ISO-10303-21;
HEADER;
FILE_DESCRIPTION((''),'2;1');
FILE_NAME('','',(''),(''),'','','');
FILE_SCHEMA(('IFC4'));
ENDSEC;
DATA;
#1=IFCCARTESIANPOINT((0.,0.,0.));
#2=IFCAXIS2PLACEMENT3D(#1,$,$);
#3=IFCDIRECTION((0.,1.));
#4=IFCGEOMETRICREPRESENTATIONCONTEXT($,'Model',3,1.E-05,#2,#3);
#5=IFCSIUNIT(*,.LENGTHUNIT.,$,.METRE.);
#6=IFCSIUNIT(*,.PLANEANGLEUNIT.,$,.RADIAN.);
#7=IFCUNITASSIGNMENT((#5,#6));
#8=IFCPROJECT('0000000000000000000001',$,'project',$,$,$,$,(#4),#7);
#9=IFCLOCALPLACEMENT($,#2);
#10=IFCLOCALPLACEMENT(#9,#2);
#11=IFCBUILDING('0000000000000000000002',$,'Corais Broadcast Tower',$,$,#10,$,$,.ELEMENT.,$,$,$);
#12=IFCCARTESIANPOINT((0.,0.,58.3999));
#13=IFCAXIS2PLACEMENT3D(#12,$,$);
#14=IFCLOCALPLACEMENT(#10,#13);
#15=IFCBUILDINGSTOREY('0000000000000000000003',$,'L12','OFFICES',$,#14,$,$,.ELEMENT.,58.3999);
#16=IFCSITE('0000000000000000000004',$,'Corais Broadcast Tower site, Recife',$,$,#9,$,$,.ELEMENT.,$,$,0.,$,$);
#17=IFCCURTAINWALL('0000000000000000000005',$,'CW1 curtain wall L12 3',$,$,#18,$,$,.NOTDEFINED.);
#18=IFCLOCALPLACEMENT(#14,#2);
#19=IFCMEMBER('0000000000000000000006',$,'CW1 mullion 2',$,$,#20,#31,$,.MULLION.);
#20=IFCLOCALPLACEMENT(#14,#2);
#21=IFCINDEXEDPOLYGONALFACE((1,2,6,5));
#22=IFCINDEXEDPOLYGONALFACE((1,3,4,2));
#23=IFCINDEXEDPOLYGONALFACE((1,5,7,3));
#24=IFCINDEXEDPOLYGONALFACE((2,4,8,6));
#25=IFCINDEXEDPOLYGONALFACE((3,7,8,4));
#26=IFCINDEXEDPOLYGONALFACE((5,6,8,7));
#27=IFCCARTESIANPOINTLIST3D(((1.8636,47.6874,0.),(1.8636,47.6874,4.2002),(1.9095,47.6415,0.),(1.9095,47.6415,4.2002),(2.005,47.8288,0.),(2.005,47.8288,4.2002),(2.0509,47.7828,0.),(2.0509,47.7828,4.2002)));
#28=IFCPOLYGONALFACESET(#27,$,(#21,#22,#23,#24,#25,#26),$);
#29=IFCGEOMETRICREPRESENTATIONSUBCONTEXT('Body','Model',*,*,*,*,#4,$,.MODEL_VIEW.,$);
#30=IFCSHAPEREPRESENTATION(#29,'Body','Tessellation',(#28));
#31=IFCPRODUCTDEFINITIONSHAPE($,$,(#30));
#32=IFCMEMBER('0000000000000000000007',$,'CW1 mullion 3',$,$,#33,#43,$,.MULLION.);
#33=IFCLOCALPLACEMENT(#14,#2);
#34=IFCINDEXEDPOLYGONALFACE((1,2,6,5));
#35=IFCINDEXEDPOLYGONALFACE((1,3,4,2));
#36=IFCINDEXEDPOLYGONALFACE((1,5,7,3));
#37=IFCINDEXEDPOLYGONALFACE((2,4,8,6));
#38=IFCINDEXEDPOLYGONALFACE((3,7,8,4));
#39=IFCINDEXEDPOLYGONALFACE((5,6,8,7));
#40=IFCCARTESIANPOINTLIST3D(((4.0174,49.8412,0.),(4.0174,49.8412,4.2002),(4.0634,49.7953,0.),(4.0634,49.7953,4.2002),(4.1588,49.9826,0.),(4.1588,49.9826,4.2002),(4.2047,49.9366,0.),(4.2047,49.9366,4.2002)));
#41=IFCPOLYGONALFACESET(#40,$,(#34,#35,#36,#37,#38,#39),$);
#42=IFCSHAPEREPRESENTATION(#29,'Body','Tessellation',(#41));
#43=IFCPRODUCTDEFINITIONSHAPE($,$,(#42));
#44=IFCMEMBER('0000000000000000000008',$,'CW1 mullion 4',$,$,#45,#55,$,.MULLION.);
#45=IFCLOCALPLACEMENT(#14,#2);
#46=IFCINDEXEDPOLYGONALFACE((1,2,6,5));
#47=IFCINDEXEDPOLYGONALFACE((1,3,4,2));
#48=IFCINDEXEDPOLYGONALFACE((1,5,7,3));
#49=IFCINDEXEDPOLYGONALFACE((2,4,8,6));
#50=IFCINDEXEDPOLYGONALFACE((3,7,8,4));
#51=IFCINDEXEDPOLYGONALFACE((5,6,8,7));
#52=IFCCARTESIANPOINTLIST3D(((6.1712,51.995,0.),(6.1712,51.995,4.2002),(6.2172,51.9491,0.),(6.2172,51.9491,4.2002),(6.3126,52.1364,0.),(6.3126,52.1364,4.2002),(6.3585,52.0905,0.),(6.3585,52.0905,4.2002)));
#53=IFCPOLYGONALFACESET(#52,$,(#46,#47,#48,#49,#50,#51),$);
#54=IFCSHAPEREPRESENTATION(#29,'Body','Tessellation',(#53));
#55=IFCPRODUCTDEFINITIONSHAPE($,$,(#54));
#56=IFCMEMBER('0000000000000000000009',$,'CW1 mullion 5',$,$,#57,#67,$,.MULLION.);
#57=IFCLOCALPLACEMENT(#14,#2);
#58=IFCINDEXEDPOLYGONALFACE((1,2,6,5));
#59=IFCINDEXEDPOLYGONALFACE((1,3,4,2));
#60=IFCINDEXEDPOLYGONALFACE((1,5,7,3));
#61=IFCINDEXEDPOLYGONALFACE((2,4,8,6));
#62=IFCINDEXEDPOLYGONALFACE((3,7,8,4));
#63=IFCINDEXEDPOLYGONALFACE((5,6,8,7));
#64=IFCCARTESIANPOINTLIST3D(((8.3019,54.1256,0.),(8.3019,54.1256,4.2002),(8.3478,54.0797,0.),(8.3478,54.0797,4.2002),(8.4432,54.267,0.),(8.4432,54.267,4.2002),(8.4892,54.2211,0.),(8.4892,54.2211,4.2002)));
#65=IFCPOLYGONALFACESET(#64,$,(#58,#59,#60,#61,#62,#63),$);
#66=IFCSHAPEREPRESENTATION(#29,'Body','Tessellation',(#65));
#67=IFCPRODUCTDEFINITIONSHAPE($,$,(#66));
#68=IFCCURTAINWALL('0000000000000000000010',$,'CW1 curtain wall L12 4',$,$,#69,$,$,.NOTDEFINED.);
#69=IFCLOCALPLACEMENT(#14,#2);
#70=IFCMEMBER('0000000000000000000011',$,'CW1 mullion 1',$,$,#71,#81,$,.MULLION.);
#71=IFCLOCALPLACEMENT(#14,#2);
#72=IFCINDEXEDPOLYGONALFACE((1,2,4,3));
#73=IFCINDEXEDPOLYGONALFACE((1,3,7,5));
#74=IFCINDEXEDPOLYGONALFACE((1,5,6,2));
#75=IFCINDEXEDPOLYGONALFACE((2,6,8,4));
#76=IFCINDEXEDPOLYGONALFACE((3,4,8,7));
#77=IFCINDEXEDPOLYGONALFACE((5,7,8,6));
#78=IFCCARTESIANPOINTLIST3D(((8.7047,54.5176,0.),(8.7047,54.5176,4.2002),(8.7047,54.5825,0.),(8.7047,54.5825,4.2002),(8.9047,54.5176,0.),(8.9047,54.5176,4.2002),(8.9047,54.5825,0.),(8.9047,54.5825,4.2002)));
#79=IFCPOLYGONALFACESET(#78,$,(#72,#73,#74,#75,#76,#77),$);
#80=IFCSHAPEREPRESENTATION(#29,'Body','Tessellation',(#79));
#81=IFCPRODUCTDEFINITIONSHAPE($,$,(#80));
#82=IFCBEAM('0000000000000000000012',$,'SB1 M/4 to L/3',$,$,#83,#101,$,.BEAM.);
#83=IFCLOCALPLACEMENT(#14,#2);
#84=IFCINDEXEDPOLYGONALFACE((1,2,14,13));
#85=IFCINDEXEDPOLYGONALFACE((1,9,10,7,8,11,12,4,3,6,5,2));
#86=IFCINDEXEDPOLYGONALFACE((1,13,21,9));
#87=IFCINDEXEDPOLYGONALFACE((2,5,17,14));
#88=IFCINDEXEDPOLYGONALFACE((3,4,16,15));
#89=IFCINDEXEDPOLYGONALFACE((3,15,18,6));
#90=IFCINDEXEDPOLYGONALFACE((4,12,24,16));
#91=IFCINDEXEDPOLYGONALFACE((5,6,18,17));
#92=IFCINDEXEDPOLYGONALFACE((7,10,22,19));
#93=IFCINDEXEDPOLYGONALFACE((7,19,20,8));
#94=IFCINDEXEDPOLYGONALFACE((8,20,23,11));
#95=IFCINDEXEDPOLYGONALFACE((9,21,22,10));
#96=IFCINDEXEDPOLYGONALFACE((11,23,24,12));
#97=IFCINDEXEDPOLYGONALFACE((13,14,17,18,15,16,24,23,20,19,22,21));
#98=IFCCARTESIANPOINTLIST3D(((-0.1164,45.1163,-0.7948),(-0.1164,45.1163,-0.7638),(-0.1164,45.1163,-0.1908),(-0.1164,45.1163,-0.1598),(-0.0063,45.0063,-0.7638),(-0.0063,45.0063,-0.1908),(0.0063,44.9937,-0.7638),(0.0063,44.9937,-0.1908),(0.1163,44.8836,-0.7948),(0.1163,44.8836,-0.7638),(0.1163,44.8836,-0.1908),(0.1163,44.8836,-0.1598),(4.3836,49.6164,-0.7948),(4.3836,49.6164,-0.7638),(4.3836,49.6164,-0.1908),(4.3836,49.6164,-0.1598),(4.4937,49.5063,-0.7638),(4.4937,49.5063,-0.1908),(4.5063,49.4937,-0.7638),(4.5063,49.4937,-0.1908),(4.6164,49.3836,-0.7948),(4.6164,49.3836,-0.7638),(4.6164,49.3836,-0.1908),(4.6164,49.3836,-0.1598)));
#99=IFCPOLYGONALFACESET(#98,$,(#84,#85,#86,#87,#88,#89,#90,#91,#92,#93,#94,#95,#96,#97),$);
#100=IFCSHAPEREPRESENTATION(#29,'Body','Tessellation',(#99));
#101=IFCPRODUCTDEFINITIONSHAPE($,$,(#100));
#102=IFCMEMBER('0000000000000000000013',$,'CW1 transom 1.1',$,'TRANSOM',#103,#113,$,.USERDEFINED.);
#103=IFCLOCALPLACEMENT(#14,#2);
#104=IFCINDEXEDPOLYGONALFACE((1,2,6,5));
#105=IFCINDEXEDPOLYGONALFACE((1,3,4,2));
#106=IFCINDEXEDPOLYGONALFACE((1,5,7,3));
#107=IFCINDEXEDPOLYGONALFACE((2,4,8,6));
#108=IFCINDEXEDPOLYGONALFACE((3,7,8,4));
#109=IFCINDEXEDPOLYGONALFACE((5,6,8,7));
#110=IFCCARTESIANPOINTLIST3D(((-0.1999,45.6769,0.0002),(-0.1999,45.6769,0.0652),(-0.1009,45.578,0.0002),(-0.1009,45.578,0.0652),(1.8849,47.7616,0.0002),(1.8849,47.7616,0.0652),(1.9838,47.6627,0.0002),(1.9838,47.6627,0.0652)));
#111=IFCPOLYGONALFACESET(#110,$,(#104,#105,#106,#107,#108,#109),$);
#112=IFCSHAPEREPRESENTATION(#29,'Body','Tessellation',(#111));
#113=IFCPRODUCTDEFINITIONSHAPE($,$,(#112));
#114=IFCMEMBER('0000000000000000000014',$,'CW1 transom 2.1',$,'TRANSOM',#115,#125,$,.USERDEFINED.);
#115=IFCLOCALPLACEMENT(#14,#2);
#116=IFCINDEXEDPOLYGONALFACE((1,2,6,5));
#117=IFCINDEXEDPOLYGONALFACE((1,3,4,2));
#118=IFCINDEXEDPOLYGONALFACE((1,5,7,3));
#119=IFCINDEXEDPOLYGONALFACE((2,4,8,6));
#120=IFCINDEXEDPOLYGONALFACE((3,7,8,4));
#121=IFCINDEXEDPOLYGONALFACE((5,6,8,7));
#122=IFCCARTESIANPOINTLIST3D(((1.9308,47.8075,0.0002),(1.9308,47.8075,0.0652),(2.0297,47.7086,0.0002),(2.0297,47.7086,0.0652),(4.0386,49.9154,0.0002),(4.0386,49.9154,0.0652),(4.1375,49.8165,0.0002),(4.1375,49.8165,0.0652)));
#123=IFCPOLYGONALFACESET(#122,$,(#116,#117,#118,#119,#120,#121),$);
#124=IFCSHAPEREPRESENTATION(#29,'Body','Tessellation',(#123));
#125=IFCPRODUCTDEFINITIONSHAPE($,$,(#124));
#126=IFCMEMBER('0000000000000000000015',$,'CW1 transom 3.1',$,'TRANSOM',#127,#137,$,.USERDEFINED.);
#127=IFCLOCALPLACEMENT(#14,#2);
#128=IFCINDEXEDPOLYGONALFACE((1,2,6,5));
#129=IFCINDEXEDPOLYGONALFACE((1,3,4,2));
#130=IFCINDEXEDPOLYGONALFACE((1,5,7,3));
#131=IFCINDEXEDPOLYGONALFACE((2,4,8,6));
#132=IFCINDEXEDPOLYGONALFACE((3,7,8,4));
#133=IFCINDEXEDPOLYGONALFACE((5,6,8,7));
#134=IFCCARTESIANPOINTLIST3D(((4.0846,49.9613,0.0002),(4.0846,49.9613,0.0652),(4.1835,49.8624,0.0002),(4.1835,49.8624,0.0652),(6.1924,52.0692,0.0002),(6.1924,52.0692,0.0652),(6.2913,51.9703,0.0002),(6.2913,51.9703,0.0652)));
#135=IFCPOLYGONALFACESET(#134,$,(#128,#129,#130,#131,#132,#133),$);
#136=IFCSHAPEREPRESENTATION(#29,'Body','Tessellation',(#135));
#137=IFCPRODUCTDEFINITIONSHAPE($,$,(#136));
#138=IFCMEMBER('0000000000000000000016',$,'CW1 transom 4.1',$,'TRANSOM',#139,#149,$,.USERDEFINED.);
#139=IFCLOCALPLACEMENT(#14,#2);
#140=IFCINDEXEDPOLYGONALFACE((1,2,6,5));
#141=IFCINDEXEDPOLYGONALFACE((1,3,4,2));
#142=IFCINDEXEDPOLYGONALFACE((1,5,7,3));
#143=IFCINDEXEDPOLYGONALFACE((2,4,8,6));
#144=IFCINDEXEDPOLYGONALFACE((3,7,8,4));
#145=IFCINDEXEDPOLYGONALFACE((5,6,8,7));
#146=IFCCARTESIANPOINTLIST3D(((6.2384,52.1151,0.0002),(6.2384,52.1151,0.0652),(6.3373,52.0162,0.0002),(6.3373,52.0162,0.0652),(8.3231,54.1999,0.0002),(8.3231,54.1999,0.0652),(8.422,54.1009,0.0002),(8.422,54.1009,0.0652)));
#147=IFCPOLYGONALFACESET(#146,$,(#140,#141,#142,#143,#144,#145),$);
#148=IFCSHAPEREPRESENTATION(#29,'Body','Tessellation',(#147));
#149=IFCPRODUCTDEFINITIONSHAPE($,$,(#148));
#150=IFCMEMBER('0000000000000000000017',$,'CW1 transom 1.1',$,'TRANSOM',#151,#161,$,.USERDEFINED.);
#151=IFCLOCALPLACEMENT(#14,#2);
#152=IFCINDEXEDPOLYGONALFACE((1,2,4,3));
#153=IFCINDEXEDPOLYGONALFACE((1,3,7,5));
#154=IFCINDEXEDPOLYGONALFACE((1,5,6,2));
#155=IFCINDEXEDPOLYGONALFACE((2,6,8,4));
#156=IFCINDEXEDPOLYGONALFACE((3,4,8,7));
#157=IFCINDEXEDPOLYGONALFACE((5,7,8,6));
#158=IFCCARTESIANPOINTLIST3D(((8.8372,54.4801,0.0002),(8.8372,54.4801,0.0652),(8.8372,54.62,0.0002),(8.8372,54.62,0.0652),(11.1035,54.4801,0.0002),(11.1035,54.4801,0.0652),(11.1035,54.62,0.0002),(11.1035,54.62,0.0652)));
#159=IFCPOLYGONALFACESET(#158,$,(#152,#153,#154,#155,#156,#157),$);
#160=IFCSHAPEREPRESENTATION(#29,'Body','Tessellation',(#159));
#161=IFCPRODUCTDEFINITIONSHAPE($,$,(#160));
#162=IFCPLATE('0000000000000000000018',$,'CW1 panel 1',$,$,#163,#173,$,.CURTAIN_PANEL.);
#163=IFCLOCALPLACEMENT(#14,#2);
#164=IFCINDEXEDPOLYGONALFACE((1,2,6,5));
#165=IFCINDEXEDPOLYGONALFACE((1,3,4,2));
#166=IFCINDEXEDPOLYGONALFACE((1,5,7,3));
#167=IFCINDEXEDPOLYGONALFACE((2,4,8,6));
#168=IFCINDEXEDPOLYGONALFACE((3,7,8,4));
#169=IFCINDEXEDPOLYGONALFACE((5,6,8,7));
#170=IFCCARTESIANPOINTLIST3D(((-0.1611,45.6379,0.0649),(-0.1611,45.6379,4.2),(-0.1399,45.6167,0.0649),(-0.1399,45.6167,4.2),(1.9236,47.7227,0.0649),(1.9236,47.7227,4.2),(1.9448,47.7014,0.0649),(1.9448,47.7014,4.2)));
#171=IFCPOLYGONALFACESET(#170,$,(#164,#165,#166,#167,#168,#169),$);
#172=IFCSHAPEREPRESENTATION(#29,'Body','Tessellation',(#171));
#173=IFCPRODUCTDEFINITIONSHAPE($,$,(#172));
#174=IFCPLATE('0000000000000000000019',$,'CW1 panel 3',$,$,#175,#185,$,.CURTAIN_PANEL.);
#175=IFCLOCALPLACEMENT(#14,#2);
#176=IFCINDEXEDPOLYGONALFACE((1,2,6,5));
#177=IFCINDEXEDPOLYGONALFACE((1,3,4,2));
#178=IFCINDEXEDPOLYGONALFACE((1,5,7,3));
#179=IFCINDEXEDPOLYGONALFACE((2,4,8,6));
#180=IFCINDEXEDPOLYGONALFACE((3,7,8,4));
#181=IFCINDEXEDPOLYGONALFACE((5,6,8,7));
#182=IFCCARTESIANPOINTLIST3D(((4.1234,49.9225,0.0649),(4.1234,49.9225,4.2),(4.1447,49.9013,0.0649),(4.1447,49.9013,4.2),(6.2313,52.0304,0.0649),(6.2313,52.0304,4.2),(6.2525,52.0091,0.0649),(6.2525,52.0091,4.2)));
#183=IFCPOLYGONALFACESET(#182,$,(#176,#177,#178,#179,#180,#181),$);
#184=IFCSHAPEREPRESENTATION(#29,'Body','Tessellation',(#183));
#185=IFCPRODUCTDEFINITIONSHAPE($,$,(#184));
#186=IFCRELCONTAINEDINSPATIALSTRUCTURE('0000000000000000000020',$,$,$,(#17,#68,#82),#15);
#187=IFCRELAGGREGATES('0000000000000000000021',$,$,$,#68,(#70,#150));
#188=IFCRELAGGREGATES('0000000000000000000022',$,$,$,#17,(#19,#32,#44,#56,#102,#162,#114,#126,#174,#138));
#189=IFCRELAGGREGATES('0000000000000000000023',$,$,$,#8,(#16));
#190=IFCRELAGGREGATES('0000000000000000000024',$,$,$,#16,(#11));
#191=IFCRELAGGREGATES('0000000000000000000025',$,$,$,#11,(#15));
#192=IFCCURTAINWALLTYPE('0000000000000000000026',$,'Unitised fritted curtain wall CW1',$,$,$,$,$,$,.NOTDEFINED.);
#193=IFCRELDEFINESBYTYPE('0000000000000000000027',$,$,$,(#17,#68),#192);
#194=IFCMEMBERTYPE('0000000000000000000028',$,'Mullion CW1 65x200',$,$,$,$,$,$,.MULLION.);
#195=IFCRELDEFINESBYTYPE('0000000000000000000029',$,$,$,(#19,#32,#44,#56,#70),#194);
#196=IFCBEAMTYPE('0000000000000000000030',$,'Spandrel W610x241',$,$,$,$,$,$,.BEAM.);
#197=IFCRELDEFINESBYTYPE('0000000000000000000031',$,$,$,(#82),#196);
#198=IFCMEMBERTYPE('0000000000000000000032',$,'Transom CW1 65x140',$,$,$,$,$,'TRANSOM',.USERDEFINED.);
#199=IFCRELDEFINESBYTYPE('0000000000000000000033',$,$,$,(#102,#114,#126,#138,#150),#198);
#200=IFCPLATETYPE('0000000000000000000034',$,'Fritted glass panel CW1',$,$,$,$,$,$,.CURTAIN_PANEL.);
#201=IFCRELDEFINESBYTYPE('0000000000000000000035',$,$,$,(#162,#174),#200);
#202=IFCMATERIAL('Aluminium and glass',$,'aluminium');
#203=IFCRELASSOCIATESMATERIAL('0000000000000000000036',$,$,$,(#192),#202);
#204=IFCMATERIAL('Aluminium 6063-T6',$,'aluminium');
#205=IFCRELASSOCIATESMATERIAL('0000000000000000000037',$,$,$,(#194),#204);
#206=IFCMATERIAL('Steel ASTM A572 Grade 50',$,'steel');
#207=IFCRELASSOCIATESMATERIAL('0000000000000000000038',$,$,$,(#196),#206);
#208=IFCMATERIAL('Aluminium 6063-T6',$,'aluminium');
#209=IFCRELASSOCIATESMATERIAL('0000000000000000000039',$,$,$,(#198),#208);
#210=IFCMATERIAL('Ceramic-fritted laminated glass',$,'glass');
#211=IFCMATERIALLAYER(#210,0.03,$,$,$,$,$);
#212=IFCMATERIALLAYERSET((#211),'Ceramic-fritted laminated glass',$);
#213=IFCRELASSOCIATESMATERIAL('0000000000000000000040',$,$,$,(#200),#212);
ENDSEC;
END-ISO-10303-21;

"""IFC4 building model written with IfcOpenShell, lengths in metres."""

from ifc_helpers import new_model, si_unit, direction, frame, origin, origin_2d, place, context, subcontext, project, spatial, rectangle, i_section, extrude, material, layer, layer_set, material_profile, profile_set, type_object, element, aggregate, save


model = new_model("IFC4")

# Units and contexts
model_context = context("Model", 3, precision=1e-05, world=origin(), true_north=direction((0.0, 1.0)))
body_context = subcontext(model_context, "Body", "Model", "MODEL_VIEW")
ifc_project = project(units=[si_unit("LENGTHUNIT", "METRE"), si_unit("PLANEANGLEUNIT", "RADIAN")], contexts=[model_context])

# Site, building, storey
site_placement = place(None, origin())
site = spatial("IfcSite", under=ifc_project, at=site_placement, Name="Corais Broadcast Tower site, Recife", CompositionType="ELEMENT", RefElevation=0.0)
building_placement = place(site_placement, origin())
building = spatial("IfcBuilding", under=site, at=building_placement, Name="Corais Broadcast Tower", CompositionType="ELEMENT")
storey_placement = place(building_placement, frame((0.0, 0.0, 58.3999)))
storey = spatial("IfcBuildingStorey", under=building, at=storey_placement, Name="L12", Description="OFFICES", CompositionType="ELEMENT", Elevation=58.3999)

# Shared definitions
ifc_material_1 = material(Name="Aluminium and glass", Category="aluminium")
curtain_wall_type = type_object("IfcCurtainWallType", Name="Unitised fritted curtain wall CW1", PredefinedType="NOTDEFINED", material=ifc_material_1)
ifc_material_2 = material(Name="Aluminium 6063-T6", Category="aluminium")
ifc_material_profile_1 = material_profile(ifc_material_2, rectangle(XDim=0.0649, YDim=0.2, at=origin_2d()), Name="Mullion CW1 65x200")
ifc_profile_set_1 = profile_set([ifc_material_profile_1], Name="Aluminium 6063-T6")
member_type_1 = type_object("IfcMemberType", Name="Mullion CW1 65x200", PredefinedType="MULLION", material=ifc_profile_set_1)

# Curtain wall, members
curtain_wall_1_placement = place(storey_placement, origin())
curtain_wall_1 = element("IfcCurtainWall", 1, at=curtain_wall_1_placement, inside=storey, type_object=curtain_wall_type, Name="CW1 curtain wall L12 3", PredefinedType="NOTDEFINED")
member_1_placement = place(storey_placement, frame((1.9573, 47.7351, 0.0), z_axis=(0.0, 0.0, 1.0), x_axis=(-0.707107, 0.707107, 0.0)))
member_1 = element("IfcMember", 2, at=member_1_placement, type_object=member_type_1, Name="CW1 mullion 2", PredefinedType="MULLION", context=body_context, shape_type="SweptSolid", body=[
    extrude(rectangle(XDim=0.0649, YDim=0.2, at=origin_2d()), origin(), (0.0, 0.0, 1.0), 4.2002),
])
member_2_placement = place(storey_placement, frame((4.1111, 49.8889, 0.0), z_axis=(0.0, 0.0, 1.0), x_axis=(-0.707107, 0.707107, 0.0)))
member_2 = element("IfcMember", 3, at=member_2_placement, type_object=member_type_1, Name="CW1 mullion 3", PredefinedType="MULLION", context=body_context, shape_type="SweptSolid", body=[
    extrude(rectangle(XDim=0.0649, YDim=0.2, at=origin_2d()), origin(), (0.0, 0.0, 1.0), 4.2002),
])
member_3_placement = place(storey_placement, frame((6.2649, 52.0427, 0.0), z_axis=(0.0, 0.0, 1.0), x_axis=(-0.707107, 0.707107, 0.0)))
member_3 = element("IfcMember", 4, at=member_3_placement, type_object=member_type_1, Name="CW1 mullion 4", PredefinedType="MULLION", context=body_context, shape_type="SweptSolid", body=[
    extrude(rectangle(XDim=0.0649, YDim=0.2, at=origin_2d()), origin(), (0.0, 0.0, 1.0), 4.2002),
])
member_4_placement = place(storey_placement, frame((8.3955, 54.1733, 0.0), z_axis=(0.0, 0.0, 1.0), x_axis=(-0.707107, 0.707107, 0.0)))
member_4 = element("IfcMember", 5, at=member_4_placement, type_object=member_type_1, Name="CW1 mullion 5", PredefinedType="MULLION", context=body_context, shape_type="SweptSolid", body=[
    extrude(rectangle(XDim=0.0649, YDim=0.2, at=origin_2d()), origin(), (0.0, 0.0, 1.0), 4.2002),
])

# Curtain wall, member
curtain_wall_2_placement = place(storey_placement, origin())
curtain_wall_2 = element("IfcCurtainWall", 6, at=curtain_wall_2_placement, inside=storey, type_object=curtain_wall_type, Name="CW1 curtain wall L12 4", PredefinedType="NOTDEFINED")
member_5_placement = place(storey_placement, frame((8.8047, 54.55, 0.0), z_axis=(0.0, 0.0, 1.0), x_axis=(0.0, 1.0, 0.0)))
member_5 = element("IfcMember", 7, at=member_5_placement, type_object=member_type_1, Name="CW1 mullion 1", PredefinedType="MULLION", context=body_context, shape_type="SweptSolid", body=[
    extrude(rectangle(XDim=0.0649, YDim=0.2, at=origin_2d()), origin(), (0.0, 0.0, 1.0), 4.2002),
])

# Beam
ifc_material_3 = material(Name="Steel ASTM A572 Grade 50", Category="steel")
ifc_material_profile_2 = material_profile(ifc_material_3, i_section(OverallWidth=0.3291, OverallDepth=0.635, WebThickness=0.0178, FlangeThickness=0.031, at=origin_2d()), Name="W610x241")
ifc_profile_set_2 = profile_set([ifc_material_profile_2], Name="Steel ASTM A572 Grade 50")
beam_type_1 = type_object("IfcBeamType", Name="Spandrel W610x241", PredefinedType="BEAM", material=ifc_profile_set_2)
beam_1_placement = place(storey_placement, frame((4.5, 49.5, -0.4773), z_axis=(-0.707107, -0.707107, 0.0), x_axis=(0.707107, -0.707107, 0.0)))
element("IfcBeam", 8, at=beam_1_placement, inside=storey, type_object=beam_type_1, Name="SB1 M/4 to L/3", PredefinedType="BEAM", context=body_context, shape_type="SweptSolid", body=[
    extrude(i_section(OverallWidth=0.3291, OverallDepth=0.635, WebThickness=0.0178, FlangeThickness=0.031, at=origin_2d()), origin(), (0.0, 0.0, 1.0), 6.364),
])

# Members
ifc_material_4 = material(Name="Aluminium 6063-T6", Category="aluminium")
ifc_material_profile_3 = material_profile(ifc_material_4, rectangle(XDim=0.1399, YDim=0.0649, at=origin_2d()), Name="Transom CW1 65x140")
ifc_profile_set_3 = profile_set([ifc_material_profile_3], Name="Aluminium 6063-T6")
member_type_2 = type_object("IfcMemberType", Name="Transom CW1 65x140", ElementType="TRANSOM", PredefinedType="USERDEFINED", material=ifc_profile_set_3)
member_6_placement = place(storey_placement, frame((-0.1504, 45.6274, 0.0327), z_axis=(0.707107, 0.707107, 0.0), x_axis=(-0.707107, 0.707107, 0.0)))
member_6 = element("IfcMember", 9, at=member_6_placement, type_object=member_type_2, Name="CW1 transom 1.1", ObjectType="TRANSOM", PredefinedType="USERDEFINED", context=body_context, shape_type="SweptSolid", body=[
    extrude(rectangle(XDim=0.1399, YDim=0.0649, at=origin_2d()), origin(), (0.0, 0.0, 1.0), 2.9482),
])
member_7_placement = place(storey_placement, frame((1.9802, 47.7581, 0.0327), z_axis=(0.707107, 0.707107, 0.0), x_axis=(-0.707107, 0.707107, 0.0)))
member_7 = element("IfcMember", 10, at=member_7_placement, type_object=member_type_2, Name="CW1 transom 2.1", ObjectType="TRANSOM", PredefinedType="USERDEFINED", context=body_context, shape_type="SweptSolid", body=[
    extrude(rectangle(XDim=0.1399, YDim=0.0649, at=origin_2d()), origin(), (0.0, 0.0, 1.0), 2.981),
])
member_8_placement = place(storey_placement, frame((4.134, 49.9119, 0.0327), z_axis=(0.707107, 0.707107, 0.0), x_axis=(-0.707107, 0.707107, 0.0)))
member_8 = element("IfcMember", 11, at=member_8_placement, type_object=member_type_2, Name="CW1 transom 3.1", ObjectType="TRANSOM", PredefinedType="USERDEFINED", context=body_context, shape_type="SweptSolid", body=[
    extrude(rectangle(XDim=0.1399, YDim=0.0649, at=origin_2d()), origin(), (0.0, 0.0, 1.0), 2.981),
])
member_9_placement = place(storey_placement, frame((6.2878, 52.0657, 0.0327), z_axis=(0.707107, 0.707107, 0.0), x_axis=(-0.707107, 0.707107, 0.0)))
member_9 = element("IfcMember", 12, at=member_9_placement, type_object=member_type_2, Name="CW1 transom 4.1", ObjectType="TRANSOM", PredefinedType="USERDEFINED", context=body_context, shape_type="SweptSolid", body=[
    extrude(rectangle(XDim=0.1399, YDim=0.0649, at=origin_2d()), origin(), (0.0, 0.0, 1.0), 2.9482),
])
member_10_placement = place(storey_placement, frame((8.8372, 54.55, 0.0327), z_axis=(1.0, 0.0, 0.0), x_axis=(0.0, 1.0, 0.0)))
member_10 = element("IfcMember", 13, at=member_10_placement, type_object=member_type_2, Name="CW1 transom 1.1", ObjectType="TRANSOM", PredefinedType="USERDEFINED", context=body_context, shape_type="SweptSolid", body=[
    extrude(rectangle(XDim=0.1399, YDim=0.0649, at=origin_2d()), origin(), (0.0, 0.0, 1.0), 2.2664),
])
aggregate(curtain_wall_2, [member_5, member_10])

# Plates
ifc_material_5 = material(Name="Ceramic-fritted laminated glass", Category="glass")
ifc_layer_1 = layer(ifc_material_5, 0.03)
ifc_layer_set_1 = layer_set([ifc_layer_1], Name="Ceramic-fritted laminated glass")
plate_type_1 = type_object("IfcPlateType", Name="Fritted glass panel CW1", PredefinedType="CURTAIN_PANEL", material=ifc_layer_set_1)
plate_1_placement = place(storey_placement, frame((0.8918, 46.6697, 0.0649), z_axis=(0.0, 0.0, 1.0), x_axis=(0.707107, 0.707107, 0.0)))
plate_1 = element("IfcPlate", 14, at=plate_1_placement, type_object=plate_type_1, Name="CW1 panel 1", PredefinedType="CURTAIN_PANEL", context=body_context, shape_type="SweptSolid", body=[
    extrude(rectangle(XDim=2.9482, YDim=0.03, at=origin_2d()), origin(), (0.0, 0.0, 1.0), 4.135),
])
plate_2_placement = place(storey_placement, frame((5.188, 50.9658, 0.0649), z_axis=(0.0, 0.0, 1.0), x_axis=(0.707107, 0.707107, 0.0)))
plate_2 = element("IfcPlate", 15, at=plate_2_placement, type_object=plate_type_1, Name="CW1 panel 3", PredefinedType="CURTAIN_PANEL", context=body_context, shape_type="SweptSolid", body=[
    extrude(rectangle(XDim=2.981, YDim=0.03, at=origin_2d()), origin(), (0.0, 0.0, 1.0), 4.135),
])
aggregate(curtain_wall_1, [member_1, member_2, member_3, member_4, member_6, plate_1, member_7, member_8, plate_2, member_9])

save(model, "model.ifc")
